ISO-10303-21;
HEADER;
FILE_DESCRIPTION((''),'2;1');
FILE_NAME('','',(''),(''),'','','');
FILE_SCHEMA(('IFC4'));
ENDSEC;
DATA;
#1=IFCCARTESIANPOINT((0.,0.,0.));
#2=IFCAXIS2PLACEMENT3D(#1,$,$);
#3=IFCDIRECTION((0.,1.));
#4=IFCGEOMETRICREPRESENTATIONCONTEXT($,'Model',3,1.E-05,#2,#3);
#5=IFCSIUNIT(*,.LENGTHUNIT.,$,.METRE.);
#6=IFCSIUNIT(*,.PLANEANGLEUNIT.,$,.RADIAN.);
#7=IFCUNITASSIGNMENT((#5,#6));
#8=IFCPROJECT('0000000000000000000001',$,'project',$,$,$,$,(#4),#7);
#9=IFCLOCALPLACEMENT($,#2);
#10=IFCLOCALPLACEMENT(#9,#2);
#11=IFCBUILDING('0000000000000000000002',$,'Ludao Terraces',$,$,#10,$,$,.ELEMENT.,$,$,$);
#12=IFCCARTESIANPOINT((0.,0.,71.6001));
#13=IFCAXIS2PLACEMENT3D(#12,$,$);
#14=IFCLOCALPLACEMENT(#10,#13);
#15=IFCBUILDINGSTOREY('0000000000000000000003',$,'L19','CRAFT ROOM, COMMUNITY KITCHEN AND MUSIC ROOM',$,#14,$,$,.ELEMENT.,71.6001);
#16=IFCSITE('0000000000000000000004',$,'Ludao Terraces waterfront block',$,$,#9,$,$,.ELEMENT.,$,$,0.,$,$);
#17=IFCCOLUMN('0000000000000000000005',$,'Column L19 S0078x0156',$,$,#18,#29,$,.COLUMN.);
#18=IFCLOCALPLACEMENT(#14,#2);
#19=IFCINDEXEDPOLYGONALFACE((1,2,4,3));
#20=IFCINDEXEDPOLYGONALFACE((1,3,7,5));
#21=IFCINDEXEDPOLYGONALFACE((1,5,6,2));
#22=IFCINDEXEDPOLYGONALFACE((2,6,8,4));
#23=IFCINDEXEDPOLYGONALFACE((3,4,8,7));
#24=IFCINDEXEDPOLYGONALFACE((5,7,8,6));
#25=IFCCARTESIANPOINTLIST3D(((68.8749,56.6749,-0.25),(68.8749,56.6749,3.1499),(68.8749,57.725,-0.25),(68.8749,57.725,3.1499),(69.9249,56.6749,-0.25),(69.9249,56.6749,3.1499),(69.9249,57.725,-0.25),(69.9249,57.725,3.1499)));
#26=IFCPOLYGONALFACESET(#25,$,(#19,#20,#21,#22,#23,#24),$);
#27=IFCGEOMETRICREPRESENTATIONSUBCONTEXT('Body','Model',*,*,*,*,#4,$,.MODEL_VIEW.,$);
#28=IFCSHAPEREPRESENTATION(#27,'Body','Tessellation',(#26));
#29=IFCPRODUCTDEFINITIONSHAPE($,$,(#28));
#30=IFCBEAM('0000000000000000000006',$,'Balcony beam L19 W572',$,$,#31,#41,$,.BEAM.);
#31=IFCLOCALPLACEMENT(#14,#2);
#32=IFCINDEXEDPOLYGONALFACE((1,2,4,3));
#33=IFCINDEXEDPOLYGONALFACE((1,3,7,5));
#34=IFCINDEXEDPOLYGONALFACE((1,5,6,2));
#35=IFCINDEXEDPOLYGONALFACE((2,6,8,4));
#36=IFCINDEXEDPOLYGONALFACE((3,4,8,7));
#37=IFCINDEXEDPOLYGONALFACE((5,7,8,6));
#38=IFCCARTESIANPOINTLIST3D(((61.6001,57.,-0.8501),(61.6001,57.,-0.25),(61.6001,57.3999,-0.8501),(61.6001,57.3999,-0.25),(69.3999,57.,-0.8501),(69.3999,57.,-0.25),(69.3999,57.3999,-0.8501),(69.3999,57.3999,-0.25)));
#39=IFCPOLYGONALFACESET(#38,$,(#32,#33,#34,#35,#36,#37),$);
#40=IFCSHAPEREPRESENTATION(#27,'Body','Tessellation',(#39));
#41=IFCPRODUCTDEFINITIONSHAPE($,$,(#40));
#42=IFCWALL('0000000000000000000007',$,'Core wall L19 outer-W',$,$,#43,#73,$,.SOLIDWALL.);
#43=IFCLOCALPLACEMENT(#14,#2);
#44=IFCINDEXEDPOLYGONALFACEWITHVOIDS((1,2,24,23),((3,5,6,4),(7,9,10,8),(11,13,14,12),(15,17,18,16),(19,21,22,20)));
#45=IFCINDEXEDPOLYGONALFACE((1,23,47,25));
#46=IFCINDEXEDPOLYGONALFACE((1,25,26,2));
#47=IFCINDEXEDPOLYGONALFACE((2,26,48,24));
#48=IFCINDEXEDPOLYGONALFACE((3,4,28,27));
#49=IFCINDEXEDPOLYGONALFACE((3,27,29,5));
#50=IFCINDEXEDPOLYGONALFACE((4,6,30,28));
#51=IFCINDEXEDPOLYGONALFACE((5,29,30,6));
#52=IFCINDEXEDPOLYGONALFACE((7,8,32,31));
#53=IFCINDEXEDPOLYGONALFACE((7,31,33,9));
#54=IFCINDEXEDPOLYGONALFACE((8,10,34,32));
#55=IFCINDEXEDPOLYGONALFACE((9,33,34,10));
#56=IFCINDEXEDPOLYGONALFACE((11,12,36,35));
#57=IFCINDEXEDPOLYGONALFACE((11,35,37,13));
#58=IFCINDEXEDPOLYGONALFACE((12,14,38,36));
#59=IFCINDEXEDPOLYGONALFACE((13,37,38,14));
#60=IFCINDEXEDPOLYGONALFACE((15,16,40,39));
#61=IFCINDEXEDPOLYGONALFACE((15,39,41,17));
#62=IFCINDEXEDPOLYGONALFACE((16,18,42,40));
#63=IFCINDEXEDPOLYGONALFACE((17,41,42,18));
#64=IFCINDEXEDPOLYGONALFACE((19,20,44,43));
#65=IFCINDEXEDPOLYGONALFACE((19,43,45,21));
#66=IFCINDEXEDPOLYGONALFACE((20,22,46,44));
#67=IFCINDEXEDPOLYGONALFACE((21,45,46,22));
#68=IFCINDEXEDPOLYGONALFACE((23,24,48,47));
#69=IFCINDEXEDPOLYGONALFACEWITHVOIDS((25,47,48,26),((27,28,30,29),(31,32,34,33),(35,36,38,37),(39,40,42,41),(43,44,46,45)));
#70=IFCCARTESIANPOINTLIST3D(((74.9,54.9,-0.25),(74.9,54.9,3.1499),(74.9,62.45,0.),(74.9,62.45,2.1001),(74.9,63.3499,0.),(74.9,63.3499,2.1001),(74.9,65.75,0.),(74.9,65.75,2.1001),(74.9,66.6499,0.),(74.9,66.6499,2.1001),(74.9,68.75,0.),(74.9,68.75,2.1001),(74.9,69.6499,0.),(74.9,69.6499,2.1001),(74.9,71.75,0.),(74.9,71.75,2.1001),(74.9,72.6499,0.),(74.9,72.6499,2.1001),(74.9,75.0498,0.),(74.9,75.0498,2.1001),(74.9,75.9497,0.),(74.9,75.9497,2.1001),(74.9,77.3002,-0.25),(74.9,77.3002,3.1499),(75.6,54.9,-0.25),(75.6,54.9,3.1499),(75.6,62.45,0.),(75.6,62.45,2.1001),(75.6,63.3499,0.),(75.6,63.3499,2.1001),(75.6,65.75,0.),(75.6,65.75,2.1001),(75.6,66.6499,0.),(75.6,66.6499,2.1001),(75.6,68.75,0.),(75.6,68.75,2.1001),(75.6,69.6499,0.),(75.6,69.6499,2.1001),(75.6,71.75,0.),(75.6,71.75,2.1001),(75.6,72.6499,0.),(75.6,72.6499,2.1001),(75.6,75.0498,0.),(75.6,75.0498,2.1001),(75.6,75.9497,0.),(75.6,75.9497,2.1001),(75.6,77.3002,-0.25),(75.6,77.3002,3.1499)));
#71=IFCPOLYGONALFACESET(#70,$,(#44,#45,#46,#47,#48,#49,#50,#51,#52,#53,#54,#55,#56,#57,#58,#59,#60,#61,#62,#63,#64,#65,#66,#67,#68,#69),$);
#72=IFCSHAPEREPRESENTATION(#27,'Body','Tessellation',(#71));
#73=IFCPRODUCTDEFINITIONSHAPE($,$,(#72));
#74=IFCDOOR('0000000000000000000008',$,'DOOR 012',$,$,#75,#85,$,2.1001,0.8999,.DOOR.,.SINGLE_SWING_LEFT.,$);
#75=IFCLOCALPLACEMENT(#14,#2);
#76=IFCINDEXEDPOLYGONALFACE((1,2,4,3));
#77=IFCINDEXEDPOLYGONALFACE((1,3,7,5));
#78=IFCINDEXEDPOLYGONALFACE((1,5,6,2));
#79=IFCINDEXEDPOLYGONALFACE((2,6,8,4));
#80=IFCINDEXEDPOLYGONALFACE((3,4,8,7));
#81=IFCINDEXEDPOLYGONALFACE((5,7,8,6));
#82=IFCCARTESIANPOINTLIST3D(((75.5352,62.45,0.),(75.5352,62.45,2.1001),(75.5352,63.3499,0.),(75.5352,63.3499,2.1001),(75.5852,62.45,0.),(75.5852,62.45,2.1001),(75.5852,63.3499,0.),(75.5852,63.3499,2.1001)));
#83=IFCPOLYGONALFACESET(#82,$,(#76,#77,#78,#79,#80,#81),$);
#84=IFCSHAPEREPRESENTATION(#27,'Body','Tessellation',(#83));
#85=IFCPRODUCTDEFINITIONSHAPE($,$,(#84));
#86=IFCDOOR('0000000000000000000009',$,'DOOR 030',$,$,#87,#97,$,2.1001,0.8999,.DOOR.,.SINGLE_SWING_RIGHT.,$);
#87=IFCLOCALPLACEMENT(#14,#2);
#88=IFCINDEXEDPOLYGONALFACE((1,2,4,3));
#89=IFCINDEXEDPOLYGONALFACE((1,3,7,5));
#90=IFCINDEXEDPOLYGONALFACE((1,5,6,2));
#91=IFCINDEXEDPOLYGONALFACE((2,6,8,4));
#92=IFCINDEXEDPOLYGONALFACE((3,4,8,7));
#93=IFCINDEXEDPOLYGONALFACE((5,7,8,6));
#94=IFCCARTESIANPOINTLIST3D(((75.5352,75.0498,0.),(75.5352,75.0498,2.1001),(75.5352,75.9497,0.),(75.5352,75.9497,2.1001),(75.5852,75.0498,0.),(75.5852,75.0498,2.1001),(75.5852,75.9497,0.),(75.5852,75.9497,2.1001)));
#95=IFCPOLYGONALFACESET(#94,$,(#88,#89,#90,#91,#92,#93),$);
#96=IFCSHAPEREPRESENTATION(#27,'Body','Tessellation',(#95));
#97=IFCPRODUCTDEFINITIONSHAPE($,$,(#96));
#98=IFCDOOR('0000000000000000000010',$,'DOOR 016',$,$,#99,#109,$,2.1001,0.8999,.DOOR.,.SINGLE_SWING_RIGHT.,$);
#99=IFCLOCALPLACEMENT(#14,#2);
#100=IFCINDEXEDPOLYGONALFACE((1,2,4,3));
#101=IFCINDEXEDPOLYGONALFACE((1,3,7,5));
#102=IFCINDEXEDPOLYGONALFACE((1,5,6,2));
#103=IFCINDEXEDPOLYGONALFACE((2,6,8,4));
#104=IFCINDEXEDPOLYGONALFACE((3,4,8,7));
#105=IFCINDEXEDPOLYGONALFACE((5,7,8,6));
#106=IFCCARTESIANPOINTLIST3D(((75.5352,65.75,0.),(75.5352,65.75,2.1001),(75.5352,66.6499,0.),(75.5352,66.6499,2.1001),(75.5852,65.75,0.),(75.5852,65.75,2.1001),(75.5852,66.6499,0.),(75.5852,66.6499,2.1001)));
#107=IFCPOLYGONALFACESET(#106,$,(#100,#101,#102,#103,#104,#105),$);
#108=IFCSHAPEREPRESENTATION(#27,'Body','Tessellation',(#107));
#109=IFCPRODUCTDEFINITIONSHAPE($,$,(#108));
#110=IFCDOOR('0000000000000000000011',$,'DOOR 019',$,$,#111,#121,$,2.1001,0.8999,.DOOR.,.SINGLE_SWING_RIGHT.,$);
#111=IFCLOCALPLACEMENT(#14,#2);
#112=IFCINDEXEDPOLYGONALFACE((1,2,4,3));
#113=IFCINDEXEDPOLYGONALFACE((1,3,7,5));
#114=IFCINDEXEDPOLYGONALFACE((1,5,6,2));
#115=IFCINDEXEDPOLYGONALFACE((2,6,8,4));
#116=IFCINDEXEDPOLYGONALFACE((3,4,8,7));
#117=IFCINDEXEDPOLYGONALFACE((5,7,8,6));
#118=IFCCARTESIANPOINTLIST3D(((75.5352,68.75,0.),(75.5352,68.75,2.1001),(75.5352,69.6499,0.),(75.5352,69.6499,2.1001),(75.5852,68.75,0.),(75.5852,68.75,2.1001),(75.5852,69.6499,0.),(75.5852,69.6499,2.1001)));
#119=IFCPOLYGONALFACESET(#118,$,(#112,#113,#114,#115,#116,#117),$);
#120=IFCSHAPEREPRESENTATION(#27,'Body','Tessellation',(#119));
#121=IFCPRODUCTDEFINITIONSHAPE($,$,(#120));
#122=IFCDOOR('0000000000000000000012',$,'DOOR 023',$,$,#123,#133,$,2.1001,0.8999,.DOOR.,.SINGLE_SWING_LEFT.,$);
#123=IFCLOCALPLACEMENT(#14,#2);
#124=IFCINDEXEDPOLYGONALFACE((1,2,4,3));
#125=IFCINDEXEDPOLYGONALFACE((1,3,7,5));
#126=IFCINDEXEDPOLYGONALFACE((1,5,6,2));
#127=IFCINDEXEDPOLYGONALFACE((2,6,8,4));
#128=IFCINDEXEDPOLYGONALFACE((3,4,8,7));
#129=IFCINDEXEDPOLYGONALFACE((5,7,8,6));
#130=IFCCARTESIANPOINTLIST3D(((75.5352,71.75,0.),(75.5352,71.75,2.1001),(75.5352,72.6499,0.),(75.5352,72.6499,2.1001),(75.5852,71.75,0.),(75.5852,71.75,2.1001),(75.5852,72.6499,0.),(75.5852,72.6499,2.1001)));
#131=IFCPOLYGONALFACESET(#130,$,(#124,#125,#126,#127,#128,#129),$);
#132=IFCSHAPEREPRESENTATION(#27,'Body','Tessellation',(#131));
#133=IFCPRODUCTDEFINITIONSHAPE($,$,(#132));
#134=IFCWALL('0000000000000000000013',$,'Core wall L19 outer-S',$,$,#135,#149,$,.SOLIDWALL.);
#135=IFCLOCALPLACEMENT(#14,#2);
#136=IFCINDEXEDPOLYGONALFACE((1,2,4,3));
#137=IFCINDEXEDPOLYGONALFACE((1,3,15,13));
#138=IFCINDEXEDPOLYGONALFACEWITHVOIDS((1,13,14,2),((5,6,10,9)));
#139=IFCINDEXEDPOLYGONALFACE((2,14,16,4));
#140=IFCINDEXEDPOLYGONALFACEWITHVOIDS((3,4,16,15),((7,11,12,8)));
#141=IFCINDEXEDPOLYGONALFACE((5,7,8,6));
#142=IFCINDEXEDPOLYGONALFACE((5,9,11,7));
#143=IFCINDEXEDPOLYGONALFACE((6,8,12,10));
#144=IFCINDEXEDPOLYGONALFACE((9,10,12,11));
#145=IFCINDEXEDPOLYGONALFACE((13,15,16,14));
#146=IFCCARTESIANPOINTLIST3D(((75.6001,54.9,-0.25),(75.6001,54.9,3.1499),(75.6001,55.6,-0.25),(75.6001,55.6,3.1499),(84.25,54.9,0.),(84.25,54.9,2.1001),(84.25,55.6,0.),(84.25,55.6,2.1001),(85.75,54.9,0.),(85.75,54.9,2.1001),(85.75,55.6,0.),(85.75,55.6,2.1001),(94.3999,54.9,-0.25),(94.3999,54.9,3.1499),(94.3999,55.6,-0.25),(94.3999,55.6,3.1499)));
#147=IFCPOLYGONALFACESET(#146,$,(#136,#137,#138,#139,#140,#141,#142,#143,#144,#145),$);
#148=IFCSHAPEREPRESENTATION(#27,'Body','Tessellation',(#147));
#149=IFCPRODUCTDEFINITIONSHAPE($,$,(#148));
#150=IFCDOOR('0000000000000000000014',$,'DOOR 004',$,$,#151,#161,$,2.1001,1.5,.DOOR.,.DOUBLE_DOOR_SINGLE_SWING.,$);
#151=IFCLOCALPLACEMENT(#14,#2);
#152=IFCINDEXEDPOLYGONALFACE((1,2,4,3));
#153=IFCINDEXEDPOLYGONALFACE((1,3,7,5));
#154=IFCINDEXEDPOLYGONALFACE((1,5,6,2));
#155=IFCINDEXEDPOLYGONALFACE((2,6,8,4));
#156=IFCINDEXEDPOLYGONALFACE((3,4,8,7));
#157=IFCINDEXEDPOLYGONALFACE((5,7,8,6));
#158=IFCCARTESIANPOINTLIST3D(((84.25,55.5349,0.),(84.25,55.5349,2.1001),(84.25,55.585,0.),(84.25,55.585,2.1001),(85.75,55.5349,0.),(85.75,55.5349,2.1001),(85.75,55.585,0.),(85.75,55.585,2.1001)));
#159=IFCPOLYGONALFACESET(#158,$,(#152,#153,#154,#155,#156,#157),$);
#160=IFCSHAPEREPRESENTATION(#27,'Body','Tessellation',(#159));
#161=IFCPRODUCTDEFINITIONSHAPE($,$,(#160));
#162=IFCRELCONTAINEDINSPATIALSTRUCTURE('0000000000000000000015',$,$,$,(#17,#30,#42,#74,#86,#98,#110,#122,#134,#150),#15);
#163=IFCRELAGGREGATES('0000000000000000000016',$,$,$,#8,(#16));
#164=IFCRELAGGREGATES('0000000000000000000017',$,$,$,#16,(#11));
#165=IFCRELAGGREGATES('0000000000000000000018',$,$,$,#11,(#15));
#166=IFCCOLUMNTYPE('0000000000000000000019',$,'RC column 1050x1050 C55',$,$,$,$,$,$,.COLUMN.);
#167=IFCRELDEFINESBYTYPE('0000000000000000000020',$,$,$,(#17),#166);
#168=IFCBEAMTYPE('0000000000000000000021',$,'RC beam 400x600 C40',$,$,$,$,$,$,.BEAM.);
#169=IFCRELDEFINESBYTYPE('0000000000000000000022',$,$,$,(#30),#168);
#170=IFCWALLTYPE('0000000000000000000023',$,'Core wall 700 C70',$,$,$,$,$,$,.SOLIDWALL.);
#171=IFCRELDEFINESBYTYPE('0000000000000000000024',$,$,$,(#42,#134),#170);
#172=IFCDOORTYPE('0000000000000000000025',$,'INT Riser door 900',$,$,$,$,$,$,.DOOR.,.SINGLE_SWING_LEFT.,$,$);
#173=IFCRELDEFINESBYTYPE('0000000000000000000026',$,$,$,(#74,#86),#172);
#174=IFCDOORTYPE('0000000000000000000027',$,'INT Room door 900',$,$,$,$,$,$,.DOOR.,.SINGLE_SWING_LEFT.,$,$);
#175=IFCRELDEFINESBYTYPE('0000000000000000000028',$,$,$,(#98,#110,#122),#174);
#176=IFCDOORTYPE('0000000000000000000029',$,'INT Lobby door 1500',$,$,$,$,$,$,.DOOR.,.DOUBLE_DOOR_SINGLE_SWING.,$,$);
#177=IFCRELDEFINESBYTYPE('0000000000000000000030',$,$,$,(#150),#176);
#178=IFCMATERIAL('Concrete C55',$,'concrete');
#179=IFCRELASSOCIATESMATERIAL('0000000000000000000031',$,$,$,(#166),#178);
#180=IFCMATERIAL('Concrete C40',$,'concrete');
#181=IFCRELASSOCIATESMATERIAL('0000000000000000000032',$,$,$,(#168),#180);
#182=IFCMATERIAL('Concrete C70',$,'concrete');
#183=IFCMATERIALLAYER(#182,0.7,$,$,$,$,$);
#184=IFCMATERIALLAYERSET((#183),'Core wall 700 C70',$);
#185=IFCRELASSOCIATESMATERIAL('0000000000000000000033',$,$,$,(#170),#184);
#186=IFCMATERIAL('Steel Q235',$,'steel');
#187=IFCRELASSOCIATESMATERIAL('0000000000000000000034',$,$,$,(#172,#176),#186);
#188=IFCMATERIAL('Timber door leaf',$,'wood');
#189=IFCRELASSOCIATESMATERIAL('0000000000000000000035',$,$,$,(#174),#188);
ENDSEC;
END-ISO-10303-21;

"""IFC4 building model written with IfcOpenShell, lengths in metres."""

from ifc_helpers import new_model, si_unit, direction, frame, frame_2d, origin, origin_2d, place, context, subcontext, project, spatial, rectangle, extrude, material, layer, layer_set, material_profile, profile_set, type_object, element, fill, save


model = new_model("IFC4")

# Units and contexts
model_context = context("Model", 3, precision=1e-05, world=origin(), true_north=direction((0.0, 1.0)))
body_context = subcontext(model_context, "Body", "Model", "MODEL_VIEW")
ifc_project = project(units=[si_unit("LENGTHUNIT", "METRE"), si_unit("PLANEANGLEUNIT", "RADIAN")], contexts=[model_context])

# Site, building, storey
site_placement = place(None, origin())
site = spatial("IfcSite", under=ifc_project, at=site_placement, Name="Ludao Terraces waterfront block", CompositionType="ELEMENT", RefElevation=0.0)
building_placement = place(site_placement, origin())
building = spatial("IfcBuilding", under=site, at=building_placement, Name="Ludao Terraces", CompositionType="ELEMENT")
storey_placement = place(building_placement, frame((0.0, 0.0, 71.6001)))
storey = spatial("IfcBuildingStorey", under=building, at=storey_placement, Name="L19", Description="CRAFT ROOM, COMMUNITY KITCHEN AND MUSIC ROOM", CompositionType="ELEMENT", Elevation=71.6001)

# Column
ifc_material_1 = material(Name="Concrete C55", Category="concrete")
ifc_material_profile_1 = material_profile(ifc_material_1, rectangle(XDim=1.05, YDim=1.05, at=origin_2d()), Name="1050 X 1050")
ifc_profile_set_1 = profile_set([ifc_material_profile_1], Name="Concrete C55")
column_type = type_object("IfcColumnType", Name="RC column 1050x1050 C55", PredefinedType="COLUMN", material=ifc_profile_set_1)
column_placement = place(storey_placement, frame((69.3999, 57.2, -0.25), z_axis=(0.0, 0.0, 1.0), x_axis=(1.0, 0.0, 0.0)))
element("IfcColumn", 1, at=column_placement, inside=storey, type_object=column_type, Name="Column L19 S0078x0156", PredefinedType="COLUMN", context=body_context, shape_type="SweptSolid", body=[
    extrude(rectangle(XDim=1.05, YDim=1.05, at=origin_2d()), origin(), (0.0, 0.0, 1.0), 3.3999),
])

# Beam
ifc_material_2 = material(Name="Concrete C40", Category="concrete")
ifc_material_profile_2 = material_profile(ifc_material_2, rectangle(XDim=0.3999, YDim=0.6001, at=origin_2d()), Name="400 X 600")
ifc_profile_set_2 = profile_set([ifc_material_profile_2], Name="Concrete C40")
beam_type = type_object("IfcBeamType", Name="RC beam 400x600 C40", PredefinedType="BEAM", material=ifc_profile_set_2)
beam_placement = place(storey_placement, frame((69.3999, 57.2, -0.55), z_axis=(-1.0, 0.0, 0.0), x_axis=(0.0, -1.0, 0.0)))
element("IfcBeam", 2, at=beam_placement, inside=storey, type_object=beam_type, Name="Balcony beam L19 W572", PredefinedType="BEAM", context=body_context, shape_type="SweptSolid", body=[
    extrude(rectangle(XDim=0.3999, YDim=0.6001, at=origin_2d()), origin(), (0.0, 0.0, 1.0), 7.7998),
])

# Wall, openings, doors
ifc_material_3 = material(Name="Concrete C70", Category="concrete")
ifc_layer_1 = layer(ifc_material_3, 0.7)
ifc_layer_set_1 = layer_set([ifc_layer_1], Name="Core wall 700 C70")
wall_type_1 = type_object("IfcWallType", Name="Core wall 700 C70", PredefinedType="SOLIDWALL", material=ifc_layer_set_1)
wall_1_placement = place(storey_placement, frame((75.25, 54.8999, -0.25), z_axis=(0.0, 0.0, 1.0), x_axis=(0.0, 1.0, 0.0)))
wall_1 = element("IfcWall", 3, at=wall_1_placement, inside=storey, type_object=wall_type_1, Name="Core wall L19 outer-W", PredefinedType="SOLIDWALL", context=body_context, shape_type="SweptSolid", body=[
    extrude(rectangle(XDim=22.4001, YDim=0.7, at=frame_2d((11.2002, 0.0))), origin(), (0.0, 0.0, 1.0), 3.3999),
])
opening_1_placement = place(wall_1_placement, frame((7.55, 0.0, 0.25)))
opening_1 = element("IfcOpeningElement", 4, at=opening_1_placement, cuts=wall_1, PredefinedType="OPENING", context=body_context, shape_type="SweptSolid", body=[
    extrude(rectangle(XDim=0.8999, YDim=2.1001, at=frame_2d((0.45, 1.05))), frame((0.0, 0.3599, 0.0), z_axis=(0.0, -1.0, 0.0), x_axis=(1.0, 0.0, 0.0)), (0.0, 0.0, 1.0), 0.72),
])
opening_2_placement = place(wall_1_placement, frame((10.8501, 0.0, 0.25)))
opening_2 = element("IfcOpeningElement", 5, at=opening_2_placement, cuts=wall_1, PredefinedType="OPENING", context=body_context, shape_type="SweptSolid", body=[
    extrude(rectangle(XDim=0.8999, YDim=2.1001, at=frame_2d((0.45, 1.05))), frame((0.0, 0.3599, 0.0), z_axis=(0.0, -1.0, 0.0), x_axis=(1.0, 0.0, 0.0)), (0.0, 0.0, 1.0), 0.72),
])
opening_3_placement = place(wall_1_placement, frame((13.8501, 0.0, 0.25)))
opening_3 = element("IfcOpeningElement", 6, at=opening_3_placement, cuts=wall_1, PredefinedType="OPENING", context=body_context, shape_type="SweptSolid", body=[
    extrude(rectangle(XDim=0.8999, YDim=2.1001, at=frame_2d((0.45, 1.05))), frame((0.0, 0.3599, 0.0), z_axis=(0.0, -1.0, 0.0), x_axis=(1.0, 0.0, 0.0)), (0.0, 0.0, 1.0), 0.72),
])
opening_4_placement = place(wall_1_placement, frame((16.8501, 0.0, 0.25)))
opening_4 = element("IfcOpeningElement", 7, at=opening_4_placement, cuts=wall_1, PredefinedType="OPENING", context=body_context, shape_type="SweptSolid", body=[
    extrude(rectangle(XDim=0.8999, YDim=2.1001, at=frame_2d((0.45, 1.05))), frame((0.0, 0.3599, 0.0), z_axis=(0.0, -1.0, 0.0), x_axis=(1.0, 0.0, 0.0)), (0.0, 0.0, 1.0), 0.72),
])
opening_5_placement = place(wall_1_placement, frame((20.1499, 0.0, 0.25)))
opening_5 = element("IfcOpeningElement", 8, at=opening_5_placement, cuts=wall_1, PredefinedType="OPENING", context=body_context, shape_type="SweptSolid", body=[
    extrude(rectangle(XDim=0.8999, YDim=2.1001, at=frame_2d((0.45, 1.05))), frame((0.0, 0.3599, 0.0), z_axis=(0.0, -1.0, 0.0), x_axis=(1.0, 0.0, 0.0)), (0.0, 0.0, 1.0), 0.72),
])
ifc_material_4 = material(Name="Steel Q235", Category="steel")
door_type_1 = type_object("IfcDoorType", Name="INT Riser door 900", OperationType="SINGLE_SWING_LEFT", PredefinedType="DOOR", material=ifc_material_4)
door_1_placement = place(opening_1_placement, origin())
door_1 = element("IfcDoor", 9, at=door_1_placement, inside=storey, type_object=door_type_1, Name="DOOR 012", OperationType="SINGLE_SWING_LEFT", OverallHeight=2.1001, OverallWidth=0.8999, PredefinedType="DOOR", context=body_context, shape_type="SweptSolid", body=[
    extrude(rectangle(XDim=0.8999, YDim=2.1001, at=frame_2d((0.45, 1.05))), frame((0.0, -0.2852, 0.0), z_axis=(0.0, -1.0, 0.0), x_axis=(1.0, 0.0, 0.0)), (0.0, 0.0, 1.0), 0.05),
])
fill(opening_1, door_1)
door_2_placement = place(opening_5_placement, origin())
door_2 = element("IfcDoor", 10, at=door_2_placement, inside=storey, type_object=door_type_1, Name="DOOR 030", OperationType="SINGLE_SWING_RIGHT", OverallHeight=2.1001, OverallWidth=0.8999, PredefinedType="DOOR", context=body_context, shape_type="SweptSolid", body=[
    extrude(rectangle(XDim=0.8999, YDim=2.1001, at=frame_2d((0.45, 1.05))), frame((0.0, -0.2852, 0.0), z_axis=(0.0, -1.0, 0.0), x_axis=(1.0, 0.0, 0.0)), (0.0, 0.0, 1.0), 0.05),
])
fill(opening_5, door_2)
ifc_material_5 = material(Name="Timber door leaf", Category="wood")
door_type_2 = type_object("IfcDoorType", Name="INT Room door 900", OperationType="SINGLE_SWING_LEFT", PredefinedType="DOOR", material=ifc_material_5)
door_3_placement = place(opening_2_placement, origin())
door_3 = element("IfcDoor", 11, at=door_3_placement, inside=storey, type_object=door_type_2, Name="DOOR 016", OperationType="SINGLE_SWING_RIGHT", OverallHeight=2.1001, OverallWidth=0.8999, PredefinedType="DOOR", context=body_context, shape_type="SweptSolid", body=[
    extrude(rectangle(XDim=0.8999, YDim=2.1001, at=frame_2d((0.45, 1.05))), frame((0.0, -0.2852, 0.0), z_axis=(0.0, -1.0, 0.0), x_axis=(1.0, 0.0, 0.0)), (0.0, 0.0, 1.0), 0.05),
])
fill(opening_2, door_3)
door_4_placement = place(opening_3_placement, origin())
door_4 = element("IfcDoor", 12, at=door_4_placement, inside=storey, type_object=door_type_2, Name="DOOR 019", OperationType="SINGLE_SWING_RIGHT", OverallHeight=2.1001, OverallWidth=0.8999, PredefinedType="DOOR", context=body_context, shape_type="SweptSolid", body=[
    extrude(rectangle(XDim=0.8999, YDim=2.1001, at=frame_2d((0.45, 1.05))), frame((0.0, -0.2852, 0.0), z_axis=(0.0, -1.0, 0.0), x_axis=(1.0, 0.0, 0.0)), (0.0, 0.0, 1.0), 0.05),
])
fill(opening_3, door_4)
door_5_placement = place(opening_4_placement, origin())
door_5 = element("IfcDoor", 13, at=door_5_placement, inside=storey, type_object=door_type_2, Name="DOOR 023", OperationType="SINGLE_SWING_LEFT", OverallHeight=2.1001, OverallWidth=0.8999, PredefinedType="DOOR", context=body_context, shape_type="SweptSolid", body=[
    extrude(rectangle(XDim=0.8999, YDim=2.1001, at=frame_2d((0.45, 1.05))), frame((0.0, -0.2852, 0.0), z_axis=(0.0, -1.0, 0.0), x_axis=(1.0, 0.0, 0.0)), (0.0, 0.0, 1.0), 0.05),
])
fill(opening_4, door_5)

# Wall, opening, door
wall_2_placement = place(storey_placement, frame((75.6001, 55.25, -0.25), z_axis=(0.0, 0.0, 1.0), x_axis=(1.0, 0.0, 0.0)))
wall_2 = element("IfcWall", 14, at=wall_2_placement, inside=storey, type_object=wall_type_1, Name="Core wall L19 outer-S", PredefinedType="SOLIDWALL", context=body_context, shape_type="SweptSolid", body=[
    extrude(rectangle(XDim=18.7998, YDim=0.7, at=frame_2d((9.3999, 0.0))), origin(), (0.0, 0.0, 1.0), 3.3999),
])
opening_6_placement = place(wall_2_placement, frame((8.6499, 0.0, 0.25)))
opening_6 = element("IfcOpeningElement", 15, at=opening_6_placement, cuts=wall_2, PredefinedType="OPENING", context=body_context, shape_type="SweptSolid", body=[
    extrude(rectangle(XDim=1.5, YDim=2.1001, at=frame_2d((0.75, 1.05))), frame((0.0, 0.3599, 0.0), z_axis=(0.0, -1.0, 0.0), x_axis=(1.0, 0.0, 0.0)), (0.0, 0.0, 1.0), 0.72),
])
door_type_3 = type_object("IfcDoorType", Name="INT Lobby door 1500", OperationType="DOUBLE_DOOR_SINGLE_SWING", PredefinedType="DOOR", material=ifc_material_4)
door_6_placement = place(opening_6_placement, origin())
door_6 = element("IfcDoor", 16, at=door_6_placement, inside=storey, type_object=door_type_3, Name="DOOR 004", OperationType="DOUBLE_DOOR_SINGLE_SWING", OverallHeight=2.1001, OverallWidth=1.5, PredefinedType="DOOR", context=body_context, shape_type="SweptSolid", body=[
    extrude(rectangle(XDim=1.5, YDim=2.1001, at=frame_2d((0.75, 1.05))), frame((0.0, 0.335, 0.0), z_axis=(0.0, -1.0, 0.0), x_axis=(1.0, 0.0, 0.0)), (0.0, 0.0, 1.0), 0.05),
])
fill(opening_6, door_6)

save(model, "model.ifc")
